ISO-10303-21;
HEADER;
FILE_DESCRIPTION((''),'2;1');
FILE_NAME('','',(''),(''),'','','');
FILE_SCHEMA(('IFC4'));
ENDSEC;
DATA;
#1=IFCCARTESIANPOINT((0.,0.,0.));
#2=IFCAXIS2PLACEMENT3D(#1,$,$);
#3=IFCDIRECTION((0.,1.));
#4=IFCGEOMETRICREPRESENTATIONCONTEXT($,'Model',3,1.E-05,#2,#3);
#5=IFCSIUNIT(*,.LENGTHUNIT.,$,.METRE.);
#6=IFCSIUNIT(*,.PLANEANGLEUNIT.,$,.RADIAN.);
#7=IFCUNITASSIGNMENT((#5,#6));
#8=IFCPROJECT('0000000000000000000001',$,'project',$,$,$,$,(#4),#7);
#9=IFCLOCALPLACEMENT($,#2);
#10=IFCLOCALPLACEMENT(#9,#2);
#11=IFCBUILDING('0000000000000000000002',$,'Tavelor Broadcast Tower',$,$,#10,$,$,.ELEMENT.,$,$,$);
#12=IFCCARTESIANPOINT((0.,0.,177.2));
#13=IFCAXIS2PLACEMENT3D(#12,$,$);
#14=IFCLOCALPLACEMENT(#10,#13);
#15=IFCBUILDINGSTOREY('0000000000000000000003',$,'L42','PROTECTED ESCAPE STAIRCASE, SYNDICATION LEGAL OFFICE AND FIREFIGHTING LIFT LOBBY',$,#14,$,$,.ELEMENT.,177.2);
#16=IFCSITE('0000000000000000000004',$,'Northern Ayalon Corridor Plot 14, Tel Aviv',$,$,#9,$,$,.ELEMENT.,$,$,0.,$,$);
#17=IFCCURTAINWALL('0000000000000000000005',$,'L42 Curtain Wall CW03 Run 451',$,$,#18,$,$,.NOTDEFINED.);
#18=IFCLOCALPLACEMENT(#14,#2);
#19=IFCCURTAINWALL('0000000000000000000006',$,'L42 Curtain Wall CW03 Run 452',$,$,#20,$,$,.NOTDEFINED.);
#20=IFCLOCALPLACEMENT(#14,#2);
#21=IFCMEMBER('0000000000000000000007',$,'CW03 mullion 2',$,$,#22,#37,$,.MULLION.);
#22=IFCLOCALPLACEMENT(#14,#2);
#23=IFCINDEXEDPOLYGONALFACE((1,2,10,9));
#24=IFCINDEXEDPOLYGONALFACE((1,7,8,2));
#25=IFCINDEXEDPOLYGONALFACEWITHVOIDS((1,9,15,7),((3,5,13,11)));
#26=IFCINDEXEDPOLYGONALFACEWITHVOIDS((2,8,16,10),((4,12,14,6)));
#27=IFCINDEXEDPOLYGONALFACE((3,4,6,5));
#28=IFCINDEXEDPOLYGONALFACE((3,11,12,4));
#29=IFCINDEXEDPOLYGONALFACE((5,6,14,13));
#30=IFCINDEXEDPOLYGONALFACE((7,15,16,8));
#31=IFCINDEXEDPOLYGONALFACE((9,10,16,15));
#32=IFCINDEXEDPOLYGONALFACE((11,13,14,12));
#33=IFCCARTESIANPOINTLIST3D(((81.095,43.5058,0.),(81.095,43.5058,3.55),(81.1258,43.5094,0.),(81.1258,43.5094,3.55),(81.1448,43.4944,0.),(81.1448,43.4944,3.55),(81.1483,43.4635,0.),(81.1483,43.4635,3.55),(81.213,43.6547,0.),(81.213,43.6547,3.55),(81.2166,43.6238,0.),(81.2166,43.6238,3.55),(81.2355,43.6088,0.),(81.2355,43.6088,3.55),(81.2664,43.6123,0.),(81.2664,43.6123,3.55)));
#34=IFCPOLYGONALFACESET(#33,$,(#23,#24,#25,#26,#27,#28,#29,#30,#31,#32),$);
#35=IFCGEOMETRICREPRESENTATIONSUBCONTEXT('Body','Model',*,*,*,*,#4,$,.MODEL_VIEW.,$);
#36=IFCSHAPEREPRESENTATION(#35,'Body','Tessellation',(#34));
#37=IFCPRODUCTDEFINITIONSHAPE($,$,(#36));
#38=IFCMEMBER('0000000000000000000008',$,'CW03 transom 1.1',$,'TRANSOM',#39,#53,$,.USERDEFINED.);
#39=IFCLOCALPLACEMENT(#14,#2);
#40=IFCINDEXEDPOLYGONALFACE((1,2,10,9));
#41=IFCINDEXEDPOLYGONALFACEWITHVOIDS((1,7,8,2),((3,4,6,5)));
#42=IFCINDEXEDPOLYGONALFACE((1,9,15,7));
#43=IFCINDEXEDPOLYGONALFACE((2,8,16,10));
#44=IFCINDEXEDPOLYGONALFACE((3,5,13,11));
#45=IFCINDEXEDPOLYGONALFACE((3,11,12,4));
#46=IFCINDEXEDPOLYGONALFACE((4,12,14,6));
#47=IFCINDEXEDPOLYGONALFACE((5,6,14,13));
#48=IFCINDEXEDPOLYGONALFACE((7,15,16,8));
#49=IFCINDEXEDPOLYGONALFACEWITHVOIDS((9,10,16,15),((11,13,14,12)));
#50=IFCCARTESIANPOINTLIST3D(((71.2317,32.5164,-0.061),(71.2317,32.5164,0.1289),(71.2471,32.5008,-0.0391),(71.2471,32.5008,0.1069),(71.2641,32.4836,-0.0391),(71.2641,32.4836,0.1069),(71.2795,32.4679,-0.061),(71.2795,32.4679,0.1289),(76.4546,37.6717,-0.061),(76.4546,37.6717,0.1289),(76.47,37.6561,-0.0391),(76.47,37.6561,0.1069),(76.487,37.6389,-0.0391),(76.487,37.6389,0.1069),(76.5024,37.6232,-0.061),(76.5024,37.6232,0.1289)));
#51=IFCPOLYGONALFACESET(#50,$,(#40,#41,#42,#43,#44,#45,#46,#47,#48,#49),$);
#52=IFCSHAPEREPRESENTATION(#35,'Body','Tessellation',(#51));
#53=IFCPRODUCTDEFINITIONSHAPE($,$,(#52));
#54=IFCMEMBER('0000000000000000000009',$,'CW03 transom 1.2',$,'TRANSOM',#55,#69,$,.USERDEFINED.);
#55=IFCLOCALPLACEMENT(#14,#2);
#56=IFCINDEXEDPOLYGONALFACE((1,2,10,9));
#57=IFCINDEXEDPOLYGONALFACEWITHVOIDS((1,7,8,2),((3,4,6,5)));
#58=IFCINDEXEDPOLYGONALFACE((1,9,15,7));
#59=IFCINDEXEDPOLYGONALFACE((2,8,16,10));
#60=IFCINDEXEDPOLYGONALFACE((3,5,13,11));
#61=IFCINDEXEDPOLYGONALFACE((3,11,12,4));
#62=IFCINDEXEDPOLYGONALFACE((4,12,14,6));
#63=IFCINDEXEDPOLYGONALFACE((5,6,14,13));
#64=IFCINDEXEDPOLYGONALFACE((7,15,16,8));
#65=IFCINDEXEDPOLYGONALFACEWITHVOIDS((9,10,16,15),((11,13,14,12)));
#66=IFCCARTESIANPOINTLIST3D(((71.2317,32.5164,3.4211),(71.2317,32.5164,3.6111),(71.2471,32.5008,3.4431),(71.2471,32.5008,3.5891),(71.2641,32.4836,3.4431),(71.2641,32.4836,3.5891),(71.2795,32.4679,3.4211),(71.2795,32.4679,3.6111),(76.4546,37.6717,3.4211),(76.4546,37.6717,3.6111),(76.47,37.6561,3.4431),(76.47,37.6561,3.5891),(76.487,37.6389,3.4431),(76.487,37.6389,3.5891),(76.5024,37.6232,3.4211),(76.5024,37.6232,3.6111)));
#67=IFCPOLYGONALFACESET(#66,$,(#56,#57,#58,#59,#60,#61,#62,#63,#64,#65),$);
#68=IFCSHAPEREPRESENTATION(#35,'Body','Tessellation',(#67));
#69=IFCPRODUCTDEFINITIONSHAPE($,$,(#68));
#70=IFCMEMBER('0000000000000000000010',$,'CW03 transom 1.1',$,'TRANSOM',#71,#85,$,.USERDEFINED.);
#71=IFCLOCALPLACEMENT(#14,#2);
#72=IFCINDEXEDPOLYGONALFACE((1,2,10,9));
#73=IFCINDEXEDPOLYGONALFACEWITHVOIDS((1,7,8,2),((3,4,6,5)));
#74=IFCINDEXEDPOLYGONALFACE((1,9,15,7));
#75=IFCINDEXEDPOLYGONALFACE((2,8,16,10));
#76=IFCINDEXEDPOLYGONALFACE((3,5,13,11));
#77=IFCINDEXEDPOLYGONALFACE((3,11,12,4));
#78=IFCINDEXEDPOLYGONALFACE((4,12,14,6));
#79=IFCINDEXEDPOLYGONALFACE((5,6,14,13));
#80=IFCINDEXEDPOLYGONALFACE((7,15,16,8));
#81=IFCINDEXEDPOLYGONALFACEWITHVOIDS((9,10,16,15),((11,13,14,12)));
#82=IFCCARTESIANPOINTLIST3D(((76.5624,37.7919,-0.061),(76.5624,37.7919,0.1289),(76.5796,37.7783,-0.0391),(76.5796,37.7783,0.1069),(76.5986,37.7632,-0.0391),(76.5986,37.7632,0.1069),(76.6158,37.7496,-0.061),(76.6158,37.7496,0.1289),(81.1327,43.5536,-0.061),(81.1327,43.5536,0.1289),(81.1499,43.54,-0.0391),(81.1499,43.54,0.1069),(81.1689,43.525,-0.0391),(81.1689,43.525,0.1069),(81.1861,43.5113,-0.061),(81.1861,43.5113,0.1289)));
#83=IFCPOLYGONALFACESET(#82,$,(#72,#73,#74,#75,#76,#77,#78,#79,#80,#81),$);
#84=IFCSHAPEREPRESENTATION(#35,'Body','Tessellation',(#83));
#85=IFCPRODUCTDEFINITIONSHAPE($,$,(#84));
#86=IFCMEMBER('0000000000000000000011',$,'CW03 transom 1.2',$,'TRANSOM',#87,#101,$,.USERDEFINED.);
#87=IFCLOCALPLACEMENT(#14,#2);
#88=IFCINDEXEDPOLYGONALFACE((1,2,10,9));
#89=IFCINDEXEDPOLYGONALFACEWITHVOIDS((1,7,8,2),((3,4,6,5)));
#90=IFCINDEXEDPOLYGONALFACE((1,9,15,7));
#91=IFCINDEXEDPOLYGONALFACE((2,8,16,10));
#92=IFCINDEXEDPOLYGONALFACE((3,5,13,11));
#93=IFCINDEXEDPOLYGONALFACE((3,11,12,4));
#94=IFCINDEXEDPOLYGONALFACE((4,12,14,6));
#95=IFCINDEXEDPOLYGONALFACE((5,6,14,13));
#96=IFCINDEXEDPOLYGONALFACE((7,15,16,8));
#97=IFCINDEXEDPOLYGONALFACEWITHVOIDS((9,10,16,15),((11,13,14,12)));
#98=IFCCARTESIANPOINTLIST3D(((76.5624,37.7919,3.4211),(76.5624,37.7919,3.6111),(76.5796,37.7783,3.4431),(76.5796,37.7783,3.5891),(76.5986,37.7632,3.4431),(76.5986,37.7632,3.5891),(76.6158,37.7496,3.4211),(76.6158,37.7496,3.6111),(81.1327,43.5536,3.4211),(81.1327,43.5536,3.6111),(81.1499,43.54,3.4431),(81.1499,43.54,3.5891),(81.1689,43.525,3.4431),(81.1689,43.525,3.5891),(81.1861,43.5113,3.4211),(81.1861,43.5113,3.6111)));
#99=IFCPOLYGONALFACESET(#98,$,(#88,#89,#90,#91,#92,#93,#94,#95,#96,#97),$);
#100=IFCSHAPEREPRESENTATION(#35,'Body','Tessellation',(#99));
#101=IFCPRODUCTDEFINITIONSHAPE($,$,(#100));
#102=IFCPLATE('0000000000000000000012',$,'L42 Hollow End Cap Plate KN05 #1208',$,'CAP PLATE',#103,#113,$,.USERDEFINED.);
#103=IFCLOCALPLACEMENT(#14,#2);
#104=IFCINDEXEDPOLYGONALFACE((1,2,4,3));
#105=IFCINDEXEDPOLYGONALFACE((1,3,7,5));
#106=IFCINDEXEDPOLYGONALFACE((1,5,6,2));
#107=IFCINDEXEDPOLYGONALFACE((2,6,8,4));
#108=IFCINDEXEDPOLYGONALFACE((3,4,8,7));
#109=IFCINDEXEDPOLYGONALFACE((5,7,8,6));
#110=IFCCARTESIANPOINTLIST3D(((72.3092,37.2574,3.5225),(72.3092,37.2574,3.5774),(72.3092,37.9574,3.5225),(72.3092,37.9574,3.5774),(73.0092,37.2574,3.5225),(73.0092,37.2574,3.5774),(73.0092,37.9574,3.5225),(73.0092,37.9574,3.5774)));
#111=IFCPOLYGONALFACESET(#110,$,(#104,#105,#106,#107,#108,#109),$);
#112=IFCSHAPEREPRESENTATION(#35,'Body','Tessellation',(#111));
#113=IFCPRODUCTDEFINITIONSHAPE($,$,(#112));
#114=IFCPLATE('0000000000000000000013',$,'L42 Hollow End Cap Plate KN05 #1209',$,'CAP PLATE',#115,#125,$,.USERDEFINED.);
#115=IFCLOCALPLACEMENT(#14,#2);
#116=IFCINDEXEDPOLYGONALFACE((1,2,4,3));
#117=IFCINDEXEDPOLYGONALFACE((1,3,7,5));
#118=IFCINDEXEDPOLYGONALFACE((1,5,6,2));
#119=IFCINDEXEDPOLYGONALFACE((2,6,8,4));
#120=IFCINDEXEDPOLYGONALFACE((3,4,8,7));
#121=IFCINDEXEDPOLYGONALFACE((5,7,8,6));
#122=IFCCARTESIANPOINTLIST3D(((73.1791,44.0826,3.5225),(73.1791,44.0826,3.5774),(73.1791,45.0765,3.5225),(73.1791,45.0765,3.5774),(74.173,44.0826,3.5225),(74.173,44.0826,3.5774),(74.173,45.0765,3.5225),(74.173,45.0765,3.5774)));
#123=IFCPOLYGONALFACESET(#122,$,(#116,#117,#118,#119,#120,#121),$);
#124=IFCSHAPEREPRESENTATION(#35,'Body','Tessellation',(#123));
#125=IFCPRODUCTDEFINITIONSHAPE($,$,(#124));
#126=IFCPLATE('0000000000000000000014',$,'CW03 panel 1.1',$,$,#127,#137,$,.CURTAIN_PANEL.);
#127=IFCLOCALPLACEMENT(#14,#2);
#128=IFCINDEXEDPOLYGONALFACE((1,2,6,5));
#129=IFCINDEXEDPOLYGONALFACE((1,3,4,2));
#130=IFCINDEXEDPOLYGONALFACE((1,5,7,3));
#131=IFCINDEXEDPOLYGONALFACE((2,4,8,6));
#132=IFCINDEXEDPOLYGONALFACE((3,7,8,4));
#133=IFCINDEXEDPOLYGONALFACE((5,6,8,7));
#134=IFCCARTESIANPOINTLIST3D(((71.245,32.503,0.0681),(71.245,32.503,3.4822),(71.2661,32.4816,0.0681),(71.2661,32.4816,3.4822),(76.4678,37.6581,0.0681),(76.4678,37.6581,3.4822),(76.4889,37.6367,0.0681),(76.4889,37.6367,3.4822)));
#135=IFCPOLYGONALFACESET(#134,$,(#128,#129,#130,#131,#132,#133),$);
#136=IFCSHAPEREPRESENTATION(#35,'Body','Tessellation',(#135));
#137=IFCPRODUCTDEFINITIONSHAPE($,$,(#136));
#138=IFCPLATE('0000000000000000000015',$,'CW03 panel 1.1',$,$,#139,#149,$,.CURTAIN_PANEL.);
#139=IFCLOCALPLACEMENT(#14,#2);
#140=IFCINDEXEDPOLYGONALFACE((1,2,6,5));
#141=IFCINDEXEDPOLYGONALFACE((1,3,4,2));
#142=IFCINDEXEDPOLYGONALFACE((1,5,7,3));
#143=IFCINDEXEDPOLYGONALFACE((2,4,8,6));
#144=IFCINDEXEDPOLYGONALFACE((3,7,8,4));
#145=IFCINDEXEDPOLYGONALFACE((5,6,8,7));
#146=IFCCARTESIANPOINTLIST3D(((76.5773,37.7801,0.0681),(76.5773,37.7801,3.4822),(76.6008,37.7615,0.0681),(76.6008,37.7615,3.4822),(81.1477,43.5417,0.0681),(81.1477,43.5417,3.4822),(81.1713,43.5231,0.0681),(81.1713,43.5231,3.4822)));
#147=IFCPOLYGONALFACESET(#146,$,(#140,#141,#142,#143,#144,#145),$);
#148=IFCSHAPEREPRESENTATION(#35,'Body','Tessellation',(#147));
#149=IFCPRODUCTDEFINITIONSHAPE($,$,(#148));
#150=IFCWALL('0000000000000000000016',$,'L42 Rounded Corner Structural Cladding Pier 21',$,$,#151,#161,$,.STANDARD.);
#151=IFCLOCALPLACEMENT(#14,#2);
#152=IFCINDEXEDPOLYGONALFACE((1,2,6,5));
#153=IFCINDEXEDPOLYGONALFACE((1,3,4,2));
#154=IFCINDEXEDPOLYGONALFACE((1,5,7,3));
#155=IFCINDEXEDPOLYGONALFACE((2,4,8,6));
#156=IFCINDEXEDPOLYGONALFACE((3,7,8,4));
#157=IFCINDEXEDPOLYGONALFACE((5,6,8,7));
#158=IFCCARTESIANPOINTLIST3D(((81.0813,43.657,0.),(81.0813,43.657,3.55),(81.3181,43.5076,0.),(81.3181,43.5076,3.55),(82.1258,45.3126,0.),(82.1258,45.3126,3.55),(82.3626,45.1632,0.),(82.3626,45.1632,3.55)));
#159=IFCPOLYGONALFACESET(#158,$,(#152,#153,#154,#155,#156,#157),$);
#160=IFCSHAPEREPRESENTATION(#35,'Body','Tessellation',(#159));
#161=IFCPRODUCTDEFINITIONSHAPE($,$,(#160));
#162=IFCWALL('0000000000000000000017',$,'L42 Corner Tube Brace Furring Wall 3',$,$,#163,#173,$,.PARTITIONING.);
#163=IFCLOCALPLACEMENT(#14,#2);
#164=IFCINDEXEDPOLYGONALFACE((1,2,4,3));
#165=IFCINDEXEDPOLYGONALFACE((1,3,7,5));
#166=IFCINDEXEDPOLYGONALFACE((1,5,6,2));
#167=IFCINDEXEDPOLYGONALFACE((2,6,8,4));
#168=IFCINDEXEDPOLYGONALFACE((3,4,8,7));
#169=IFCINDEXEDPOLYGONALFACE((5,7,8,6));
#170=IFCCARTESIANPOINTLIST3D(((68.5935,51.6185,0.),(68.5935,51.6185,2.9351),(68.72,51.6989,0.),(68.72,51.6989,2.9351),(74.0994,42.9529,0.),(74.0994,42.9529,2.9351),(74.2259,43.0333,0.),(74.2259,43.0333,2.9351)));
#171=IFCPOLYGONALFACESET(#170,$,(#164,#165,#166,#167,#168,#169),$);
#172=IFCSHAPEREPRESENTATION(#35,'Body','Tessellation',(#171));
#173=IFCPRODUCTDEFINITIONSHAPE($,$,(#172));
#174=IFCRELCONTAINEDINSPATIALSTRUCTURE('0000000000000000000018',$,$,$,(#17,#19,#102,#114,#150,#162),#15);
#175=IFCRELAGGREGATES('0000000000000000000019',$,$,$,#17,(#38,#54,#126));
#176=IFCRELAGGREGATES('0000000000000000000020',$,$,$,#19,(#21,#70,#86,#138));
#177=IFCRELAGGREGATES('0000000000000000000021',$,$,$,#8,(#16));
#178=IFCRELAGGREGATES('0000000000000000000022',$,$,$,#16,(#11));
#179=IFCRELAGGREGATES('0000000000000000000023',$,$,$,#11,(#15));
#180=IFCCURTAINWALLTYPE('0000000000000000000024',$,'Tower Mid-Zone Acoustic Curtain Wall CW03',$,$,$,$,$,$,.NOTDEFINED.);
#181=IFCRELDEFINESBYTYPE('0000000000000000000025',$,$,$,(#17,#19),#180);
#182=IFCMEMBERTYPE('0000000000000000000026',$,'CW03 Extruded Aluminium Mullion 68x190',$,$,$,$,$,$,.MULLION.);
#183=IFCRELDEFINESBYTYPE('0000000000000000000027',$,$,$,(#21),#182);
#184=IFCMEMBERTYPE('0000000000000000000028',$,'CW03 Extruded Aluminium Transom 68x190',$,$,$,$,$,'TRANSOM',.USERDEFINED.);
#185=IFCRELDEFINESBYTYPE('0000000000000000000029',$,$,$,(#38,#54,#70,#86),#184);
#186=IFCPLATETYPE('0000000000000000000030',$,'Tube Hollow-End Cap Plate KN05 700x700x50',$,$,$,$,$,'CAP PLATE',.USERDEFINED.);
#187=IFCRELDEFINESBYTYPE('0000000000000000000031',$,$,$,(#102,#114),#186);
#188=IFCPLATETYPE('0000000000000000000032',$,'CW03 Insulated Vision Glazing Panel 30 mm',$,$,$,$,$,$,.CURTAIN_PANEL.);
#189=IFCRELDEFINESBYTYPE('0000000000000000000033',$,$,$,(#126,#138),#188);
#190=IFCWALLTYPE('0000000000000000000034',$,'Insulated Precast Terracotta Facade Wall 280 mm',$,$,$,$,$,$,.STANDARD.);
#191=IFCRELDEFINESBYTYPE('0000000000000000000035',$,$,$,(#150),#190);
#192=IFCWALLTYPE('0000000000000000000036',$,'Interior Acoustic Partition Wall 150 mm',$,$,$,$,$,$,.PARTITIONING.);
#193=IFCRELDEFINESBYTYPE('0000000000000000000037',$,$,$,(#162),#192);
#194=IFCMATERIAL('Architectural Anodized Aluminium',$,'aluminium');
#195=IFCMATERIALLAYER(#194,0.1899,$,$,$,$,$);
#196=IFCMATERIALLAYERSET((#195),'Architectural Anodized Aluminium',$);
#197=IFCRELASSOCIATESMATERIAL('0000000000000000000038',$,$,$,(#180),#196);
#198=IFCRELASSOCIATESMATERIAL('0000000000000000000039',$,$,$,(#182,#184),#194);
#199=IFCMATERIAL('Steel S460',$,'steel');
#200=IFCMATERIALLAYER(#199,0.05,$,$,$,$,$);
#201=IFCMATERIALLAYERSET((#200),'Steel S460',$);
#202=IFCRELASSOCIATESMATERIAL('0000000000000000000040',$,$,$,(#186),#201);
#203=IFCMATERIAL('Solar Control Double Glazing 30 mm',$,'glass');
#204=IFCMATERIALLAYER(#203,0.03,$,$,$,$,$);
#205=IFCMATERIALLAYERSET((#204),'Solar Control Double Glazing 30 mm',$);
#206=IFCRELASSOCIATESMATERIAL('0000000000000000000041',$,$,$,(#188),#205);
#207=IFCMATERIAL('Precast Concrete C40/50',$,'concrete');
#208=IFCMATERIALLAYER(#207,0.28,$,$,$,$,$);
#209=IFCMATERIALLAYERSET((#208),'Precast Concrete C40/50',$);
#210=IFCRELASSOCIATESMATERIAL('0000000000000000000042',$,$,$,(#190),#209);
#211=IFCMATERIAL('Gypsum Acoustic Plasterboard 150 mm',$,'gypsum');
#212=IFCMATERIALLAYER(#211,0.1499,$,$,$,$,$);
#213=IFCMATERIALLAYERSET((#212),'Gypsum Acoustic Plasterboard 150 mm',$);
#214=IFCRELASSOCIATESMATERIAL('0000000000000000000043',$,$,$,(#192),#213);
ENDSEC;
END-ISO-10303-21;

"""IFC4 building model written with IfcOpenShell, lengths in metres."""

from ifc_helpers import new_model, si_unit, direction, frame, frame_2d, origin, origin_2d, place, context, subcontext, project, spatial, rectangle, hollow_rectangle, extrude, source, transform, mapped, material, layer, layer_set, material_profile, profile_set, type_object, type_shapes, element, aggregate, save


model = new_model("IFC4")

# Units and contexts
model_context = context("Model", 3, precision=1e-05, world=origin(), true_north=direction((0.0, 1.0)))
body_context = subcontext(model_context, "Body", "Model", "MODEL_VIEW")
ifc_project = project(units=[si_unit("LENGTHUNIT", "METRE"), si_unit("PLANEANGLEUNIT", "RADIAN")], contexts=[model_context])

# Site, building, storey
site_placement = place(None, origin())
site = spatial("IfcSite", under=ifc_project, at=site_placement, Name="Northern Ayalon Corridor Plot 14, Tel Aviv", CompositionType="ELEMENT", RefElevation=0.0)
building_placement = place(site_placement, origin())
building = spatial("IfcBuilding", under=site, at=building_placement, Name="Tavelor Broadcast Tower", CompositionType="ELEMENT")
storey_placement = place(building_placement, frame((0.0, 0.0, 177.2)))
storey = spatial("IfcBuildingStorey", under=building, at=storey_placement, Name="L42", Description="PROTECTED ESCAPE STAIRCASE, SYNDICATION LEGAL OFFICE AND FIREFIGHTING LIFT LOBBY", CompositionType="ELEMENT", Elevation=177.2)

# Shared definitions
ifc_material_1 = material(Name="Steel S460", Category="steel")

# Shared definitions
ifc_material_2 = material(Name="Architectural Anodized Aluminium", Category="aluminium")
ifc_layer_1 = layer(ifc_material_2, 0.1899)
ifc_layer_set_1 = layer_set([ifc_layer_1], Name="Architectural Anodized Aluminium")
curtain_wall_type = type_object("IfcCurtainWallType", Name="Tower Mid-Zone Acoustic Curtain Wall CW03", PredefinedType="NOTDEFINED", material=ifc_layer_set_1)
ifc_material_profile_1 = material_profile(ifc_material_2, hollow_rectangle(XDim=0.0681, YDim=0.1899, WallThickness=0.022, at=origin_2d()), Name="RHS 68x190x22")
ifc_profile_set_1 = profile_set([ifc_material_profile_1], Name="Architectural Anodized Aluminium")
member_type_1 = type_object("IfcMemberType", Name="CW03 Extruded Aluminium Mullion 68x190", PredefinedType="MULLION", material=ifc_profile_set_1)
shared_shape_1 = source(origin(), body_context, "Body", "SweptSolid", [
    extrude(hollow_rectangle(XDim=0.0681, YDim=0.1899, WallThickness=0.022, at=origin_2d()), origin(), (0.0, 0.0, 1.0), 3.55),
])
type_shapes(member_type_1, [shared_shape_1])

# Curtain walls, member
curtain_wall_1_placement = place(storey_placement, origin())
curtain_wall_1 = element("IfcCurtainWall", 1, at=curtain_wall_1_placement, inside=storey, type_object=curtain_wall_type, Name="L42 Curtain Wall CW03 Run 451", PredefinedType="NOTDEFINED")
curtain_wall_2_placement = place(storey_placement, origin())
curtain_wall_2 = element("IfcCurtainWall", 2, at=curtain_wall_2_placement, inside=storey, type_object=curtain_wall_type, Name="L42 Curtain Wall CW03 Run 452", PredefinedType="NOTDEFINED")
member_1_placement = place(storey_placement, frame((81.1807, 43.5591, 0.0), z_axis=(0.0, 0.0, 1.0), x_axis=(-0.783439, 0.621469, 0.0)))
member_1 = element("IfcMember", 3, at=member_1_placement, type_object=member_type_1, Name="CW03 mullion 2", PredefinedType="MULLION", context=body_context, shape_type="MappedRepresentation", body=[
    mapped(shared_shape_1, transform((0.0, 0.0, 0.0), scale=1.0)),
])

# Members
ifc_material_profile_2 = material_profile(ifc_material_2, hollow_rectangle(XDim=0.0681, YDim=0.1899, WallThickness=0.022, at=origin_2d()), Name="RHS 68x190x22")
ifc_profile_set_2 = profile_set([ifc_material_profile_2], Name="Architectural Anodized Aluminium")
member_type_2 = type_object("IfcMemberType", Name="CW03 Extruded Aluminium Transom 68x190", ElementType="TRANSOM", PredefinedType="USERDEFINED", material=ifc_profile_set_2)
shared_shape_2 = source(origin(), body_context, "Body", "SweptSolid", [
    extrude(hollow_rectangle(XDim=0.0681, YDim=0.1899, WallThickness=0.022, at=origin_2d()), origin(), (0.0, 0.0, 1.0), 7.3386),
])
member_2_placement = place(storey_placement, frame((71.2556, 32.4922, 0.0339), z_axis=(0.711699, 0.702484, 0.0), x_axis=(-0.702484, 0.711699, 0.0)))
member_2 = element("IfcMember", 4, at=member_2_placement, type_object=member_type_2, Name="CW03 transom 1.1", ObjectType="TRANSOM", PredefinedType="USERDEFINED", context=body_context, shape_type="MappedRepresentation", body=[
    mapped(shared_shape_2, transform((0.0, 0.0, 0.0), scale=1.0)),
])
member_3_placement = place(storey_placement, frame((71.2556, 32.4922, 3.5161), z_axis=(0.711699, 0.702484, 0.0), x_axis=(-0.702484, 0.711699, 0.0)))
member_3 = element("IfcMember", 5, at=member_3_placement, type_object=member_type_2, Name="CW03 transom 1.2", ObjectType="TRANSOM", PredefinedType="USERDEFINED", context=body_context, shape_type="MappedRepresentation", body=[
    mapped(shared_shape_2, transform((0.0, 0.0, 0.0), scale=1.0)),
])
shared_shape_3 = source(origin(), body_context, "Body", "SweptSolid", [
    extrude(hollow_rectangle(XDim=0.0681, YDim=0.1899, WallThickness=0.022, at=origin_2d()), origin(), (0.0, 0.0, 1.0), 7.3542),
])
type_shapes(member_type_2, [shared_shape_2, shared_shape_3])
member_4_placement = place(storey_placement, frame((76.5891, 37.7708, 0.0339), z_axis=(0.621451, 0.783453, 0.0), x_axis=(-0.783453, 0.621451, 0.0)))
member_4 = element("IfcMember", 6, at=member_4_placement, type_object=member_type_2, Name="CW03 transom 1.1", ObjectType="TRANSOM", PredefinedType="USERDEFINED", context=body_context, shape_type="MappedRepresentation", body=[
    mapped(shared_shape_3, transform((0.0, 0.0, 0.0), scale=1.0)),
])
member_5_placement = place(storey_placement, frame((76.5891, 37.7708, 3.5161), z_axis=(0.621451, 0.783453, 0.0), x_axis=(-0.783453, 0.621451, 0.0)))
member_5 = element("IfcMember", 7, at=member_5_placement, type_object=member_type_2, Name="CW03 transom 1.2", ObjectType="TRANSOM", PredefinedType="USERDEFINED", context=body_context, shape_type="MappedRepresentation", body=[
    mapped(shared_shape_3, transform((0.0, 0.0, 0.0), scale=1.0)),
])

# Plates
ifc_layer_2 = layer(ifc_material_1, 0.05)
ifc_layer_set_2 = layer_set([ifc_layer_2], Name="Steel S460")
plate_type_1 = type_object("IfcPlateType", Name="Tube Hollow-End Cap Plate KN05 700x700x50", ElementType="CAP PLATE", PredefinedType="USERDEFINED", material=ifc_layer_set_2)
shared_shape_4 = source(origin(), body_context, "Body", "SweptSolid", [
    extrude(rectangle(XDim=0.7, YDim=0.7, at=origin_2d()), origin(), (0.0, 0.0, 1.0), 0.0549),
])
plate_1_placement = place(storey_placement, frame((72.6592, 37.6074, 3.5225), z_axis=(0.0, 0.0, 1.0), x_axis=(1.0, 0.0, 0.0)))
element("IfcPlate", 8, at=plate_1_placement, inside=storey, type_object=plate_type_1, Name="L42 Hollow End Cap Plate KN05 #1208", ObjectType="CAP PLATE", PredefinedType="USERDEFINED", context=body_context, shape_type="MappedRepresentation", body=[
    mapped(shared_shape_4, transform((0.0, 0.0, 0.0), scale=1.0)),
])
shared_shape_5 = source(origin(), body_context, "Body", "SweptSolid", [
    extrude(rectangle(XDim=0.9939, YDim=0.9939, at=origin_2d()), origin(), (0.0, 0.0, 1.0), 0.0549),
])
type_shapes(plate_type_1, [shared_shape_4, shared_shape_5])
plate_2_placement = place(storey_placement, frame((73.676, 44.5796, 3.5225), z_axis=(0.0, 0.0, 1.0), x_axis=(1.0, 0.0, 0.0)))
element("IfcPlate", 9, at=plate_2_placement, inside=storey, type_object=plate_type_1, Name="L42 Hollow End Cap Plate KN05 #1209", ObjectType="CAP PLATE", PredefinedType="USERDEFINED", context=body_context, shape_type="MappedRepresentation", body=[
    mapped(shared_shape_5, transform((0.0, 0.0, 0.0), scale=1.0)),
])

# Plates
ifc_material_3 = material(Name="Solar Control Double Glazing 30 mm", Category="glass")
ifc_layer_3 = layer(ifc_material_3, 0.03)
ifc_layer_set_3 = layer_set([ifc_layer_3], Name="Solar Control Double Glazing 30 mm")
plate_type_2 = type_object("IfcPlateType", Name="CW03 Insulated Vision Glazing Panel 30 mm", PredefinedType="CURTAIN_PANEL", material=ifc_layer_set_3)
shared_shape_6 = source(origin(), body_context, "Body", "SweptSolid", [
    extrude(rectangle(XDim=7.3384, YDim=0.03, at=origin_2d()), origin(), (0.0, 0.0, 1.0), 3.4141),
])
plate_3_placement = place(storey_placement, frame((73.8669, 35.0698, 0.0681), z_axis=(0.0, 0.0, 1.0), x_axis=(0.711701, 0.702483, 0.0)))
plate_3 = element("IfcPlate", 10, at=plate_3_placement, type_object=plate_type_2, Name="CW03 panel 1.1", PredefinedType="CURTAIN_PANEL", context=body_context, shape_type="MappedRepresentation", body=[
    mapped(shared_shape_6, transform((0.0, 0.0, 0.0), scale=1.0)),
])
aggregate(curtain_wall_1, [member_2, member_3, plate_3])
shared_shape_7 = source(origin(), body_context, "Body", "SweptSolid", [
    extrude(rectangle(XDim=7.3542, YDim=0.03, at=origin_2d()), origin(), (0.0, 0.0, 1.0), 3.4141),
])
type_shapes(plate_type_2, [shared_shape_6, shared_shape_7])
plate_4_placement = place(storey_placement, frame((78.8743, 40.6516, 0.0681), z_axis=(0.0, 0.0, 1.0), x_axis=(0.621469, 0.783439, 0.0)))
plate_4 = element("IfcPlate", 11, at=plate_4_placement, type_object=plate_type_2, Name="CW03 panel 1.1", PredefinedType="CURTAIN_PANEL", context=body_context, shape_type="MappedRepresentation", body=[
    mapped(shared_shape_7, transform((0.0, 0.0, 0.0), scale=1.0)),
])
aggregate(curtain_wall_2, [member_1, member_4, member_5, plate_4])

# Walls
ifc_material_4 = material(Name="Precast Concrete C40/50", Category="concrete")
ifc_layer_4 = layer(ifc_material_4, 0.28)
ifc_layer_set_4 = layer_set([ifc_layer_4], Name="Precast Concrete C40/50")
wall_type_1 = type_object("IfcWallType", Name="Insulated Precast Terracotta Facade Wall 280 mm", PredefinedType="STANDARD", material=ifc_layer_set_4)
wall_1_placement = place(storey_placement, frame((81.1997, 43.5823, 0.0), z_axis=(0.0, 0.0, 1.0), x_axis=(0.533571, 0.845756, 0.0)))
element("IfcWall", 12, at=wall_1_placement, inside=storey, type_object=wall_type_1, Name="L42 Rounded Corner Structural Cladding Pier 21", PredefinedType="STANDARD", context=body_context, shape_type="SweptSolid", body=[
    extrude(rectangle(XDim=1.9575, YDim=0.28, at=frame_2d((0.9788, 0.0))), origin(), (0.0, 0.0, 1.0), 3.55),
])
ifc_material_5 = material(Name="Gypsum Acoustic Plasterboard 150 mm", Category="gypsum")
ifc_layer_5 = layer(ifc_material_5, 0.1499)
ifc_layer_set_5 = layer_set([ifc_layer_5], Name="Gypsum Acoustic Plasterboard 150 mm")
wall_type_2 = type_object("IfcWallType", Name="Interior Acoustic Partition Wall 150 mm", PredefinedType="PARTITIONING", material=ifc_layer_set_5)
wall_2_placement = place(storey_placement, frame((74.1626, 42.9932, 0.0), z_axis=(0.0, 0.0, 1.0), x_axis=(-0.536281, 0.844039, 0.0)))
element("IfcWall", 13, at=wall_2_placement, inside=storey, type_object=wall_type_2, Name="L42 Corner Tube Brace Furring Wall 3", PredefinedType="PARTITIONING", context=body_context, shape_type="SweptSolid", body=[
    extrude(rectangle(XDim=10.2668, YDim=0.1499, at=frame_2d((5.1333, 0.0))), origin(), (0.0, 0.0, 1.0), 2.9351),
])

save(model, "model.ifc")
